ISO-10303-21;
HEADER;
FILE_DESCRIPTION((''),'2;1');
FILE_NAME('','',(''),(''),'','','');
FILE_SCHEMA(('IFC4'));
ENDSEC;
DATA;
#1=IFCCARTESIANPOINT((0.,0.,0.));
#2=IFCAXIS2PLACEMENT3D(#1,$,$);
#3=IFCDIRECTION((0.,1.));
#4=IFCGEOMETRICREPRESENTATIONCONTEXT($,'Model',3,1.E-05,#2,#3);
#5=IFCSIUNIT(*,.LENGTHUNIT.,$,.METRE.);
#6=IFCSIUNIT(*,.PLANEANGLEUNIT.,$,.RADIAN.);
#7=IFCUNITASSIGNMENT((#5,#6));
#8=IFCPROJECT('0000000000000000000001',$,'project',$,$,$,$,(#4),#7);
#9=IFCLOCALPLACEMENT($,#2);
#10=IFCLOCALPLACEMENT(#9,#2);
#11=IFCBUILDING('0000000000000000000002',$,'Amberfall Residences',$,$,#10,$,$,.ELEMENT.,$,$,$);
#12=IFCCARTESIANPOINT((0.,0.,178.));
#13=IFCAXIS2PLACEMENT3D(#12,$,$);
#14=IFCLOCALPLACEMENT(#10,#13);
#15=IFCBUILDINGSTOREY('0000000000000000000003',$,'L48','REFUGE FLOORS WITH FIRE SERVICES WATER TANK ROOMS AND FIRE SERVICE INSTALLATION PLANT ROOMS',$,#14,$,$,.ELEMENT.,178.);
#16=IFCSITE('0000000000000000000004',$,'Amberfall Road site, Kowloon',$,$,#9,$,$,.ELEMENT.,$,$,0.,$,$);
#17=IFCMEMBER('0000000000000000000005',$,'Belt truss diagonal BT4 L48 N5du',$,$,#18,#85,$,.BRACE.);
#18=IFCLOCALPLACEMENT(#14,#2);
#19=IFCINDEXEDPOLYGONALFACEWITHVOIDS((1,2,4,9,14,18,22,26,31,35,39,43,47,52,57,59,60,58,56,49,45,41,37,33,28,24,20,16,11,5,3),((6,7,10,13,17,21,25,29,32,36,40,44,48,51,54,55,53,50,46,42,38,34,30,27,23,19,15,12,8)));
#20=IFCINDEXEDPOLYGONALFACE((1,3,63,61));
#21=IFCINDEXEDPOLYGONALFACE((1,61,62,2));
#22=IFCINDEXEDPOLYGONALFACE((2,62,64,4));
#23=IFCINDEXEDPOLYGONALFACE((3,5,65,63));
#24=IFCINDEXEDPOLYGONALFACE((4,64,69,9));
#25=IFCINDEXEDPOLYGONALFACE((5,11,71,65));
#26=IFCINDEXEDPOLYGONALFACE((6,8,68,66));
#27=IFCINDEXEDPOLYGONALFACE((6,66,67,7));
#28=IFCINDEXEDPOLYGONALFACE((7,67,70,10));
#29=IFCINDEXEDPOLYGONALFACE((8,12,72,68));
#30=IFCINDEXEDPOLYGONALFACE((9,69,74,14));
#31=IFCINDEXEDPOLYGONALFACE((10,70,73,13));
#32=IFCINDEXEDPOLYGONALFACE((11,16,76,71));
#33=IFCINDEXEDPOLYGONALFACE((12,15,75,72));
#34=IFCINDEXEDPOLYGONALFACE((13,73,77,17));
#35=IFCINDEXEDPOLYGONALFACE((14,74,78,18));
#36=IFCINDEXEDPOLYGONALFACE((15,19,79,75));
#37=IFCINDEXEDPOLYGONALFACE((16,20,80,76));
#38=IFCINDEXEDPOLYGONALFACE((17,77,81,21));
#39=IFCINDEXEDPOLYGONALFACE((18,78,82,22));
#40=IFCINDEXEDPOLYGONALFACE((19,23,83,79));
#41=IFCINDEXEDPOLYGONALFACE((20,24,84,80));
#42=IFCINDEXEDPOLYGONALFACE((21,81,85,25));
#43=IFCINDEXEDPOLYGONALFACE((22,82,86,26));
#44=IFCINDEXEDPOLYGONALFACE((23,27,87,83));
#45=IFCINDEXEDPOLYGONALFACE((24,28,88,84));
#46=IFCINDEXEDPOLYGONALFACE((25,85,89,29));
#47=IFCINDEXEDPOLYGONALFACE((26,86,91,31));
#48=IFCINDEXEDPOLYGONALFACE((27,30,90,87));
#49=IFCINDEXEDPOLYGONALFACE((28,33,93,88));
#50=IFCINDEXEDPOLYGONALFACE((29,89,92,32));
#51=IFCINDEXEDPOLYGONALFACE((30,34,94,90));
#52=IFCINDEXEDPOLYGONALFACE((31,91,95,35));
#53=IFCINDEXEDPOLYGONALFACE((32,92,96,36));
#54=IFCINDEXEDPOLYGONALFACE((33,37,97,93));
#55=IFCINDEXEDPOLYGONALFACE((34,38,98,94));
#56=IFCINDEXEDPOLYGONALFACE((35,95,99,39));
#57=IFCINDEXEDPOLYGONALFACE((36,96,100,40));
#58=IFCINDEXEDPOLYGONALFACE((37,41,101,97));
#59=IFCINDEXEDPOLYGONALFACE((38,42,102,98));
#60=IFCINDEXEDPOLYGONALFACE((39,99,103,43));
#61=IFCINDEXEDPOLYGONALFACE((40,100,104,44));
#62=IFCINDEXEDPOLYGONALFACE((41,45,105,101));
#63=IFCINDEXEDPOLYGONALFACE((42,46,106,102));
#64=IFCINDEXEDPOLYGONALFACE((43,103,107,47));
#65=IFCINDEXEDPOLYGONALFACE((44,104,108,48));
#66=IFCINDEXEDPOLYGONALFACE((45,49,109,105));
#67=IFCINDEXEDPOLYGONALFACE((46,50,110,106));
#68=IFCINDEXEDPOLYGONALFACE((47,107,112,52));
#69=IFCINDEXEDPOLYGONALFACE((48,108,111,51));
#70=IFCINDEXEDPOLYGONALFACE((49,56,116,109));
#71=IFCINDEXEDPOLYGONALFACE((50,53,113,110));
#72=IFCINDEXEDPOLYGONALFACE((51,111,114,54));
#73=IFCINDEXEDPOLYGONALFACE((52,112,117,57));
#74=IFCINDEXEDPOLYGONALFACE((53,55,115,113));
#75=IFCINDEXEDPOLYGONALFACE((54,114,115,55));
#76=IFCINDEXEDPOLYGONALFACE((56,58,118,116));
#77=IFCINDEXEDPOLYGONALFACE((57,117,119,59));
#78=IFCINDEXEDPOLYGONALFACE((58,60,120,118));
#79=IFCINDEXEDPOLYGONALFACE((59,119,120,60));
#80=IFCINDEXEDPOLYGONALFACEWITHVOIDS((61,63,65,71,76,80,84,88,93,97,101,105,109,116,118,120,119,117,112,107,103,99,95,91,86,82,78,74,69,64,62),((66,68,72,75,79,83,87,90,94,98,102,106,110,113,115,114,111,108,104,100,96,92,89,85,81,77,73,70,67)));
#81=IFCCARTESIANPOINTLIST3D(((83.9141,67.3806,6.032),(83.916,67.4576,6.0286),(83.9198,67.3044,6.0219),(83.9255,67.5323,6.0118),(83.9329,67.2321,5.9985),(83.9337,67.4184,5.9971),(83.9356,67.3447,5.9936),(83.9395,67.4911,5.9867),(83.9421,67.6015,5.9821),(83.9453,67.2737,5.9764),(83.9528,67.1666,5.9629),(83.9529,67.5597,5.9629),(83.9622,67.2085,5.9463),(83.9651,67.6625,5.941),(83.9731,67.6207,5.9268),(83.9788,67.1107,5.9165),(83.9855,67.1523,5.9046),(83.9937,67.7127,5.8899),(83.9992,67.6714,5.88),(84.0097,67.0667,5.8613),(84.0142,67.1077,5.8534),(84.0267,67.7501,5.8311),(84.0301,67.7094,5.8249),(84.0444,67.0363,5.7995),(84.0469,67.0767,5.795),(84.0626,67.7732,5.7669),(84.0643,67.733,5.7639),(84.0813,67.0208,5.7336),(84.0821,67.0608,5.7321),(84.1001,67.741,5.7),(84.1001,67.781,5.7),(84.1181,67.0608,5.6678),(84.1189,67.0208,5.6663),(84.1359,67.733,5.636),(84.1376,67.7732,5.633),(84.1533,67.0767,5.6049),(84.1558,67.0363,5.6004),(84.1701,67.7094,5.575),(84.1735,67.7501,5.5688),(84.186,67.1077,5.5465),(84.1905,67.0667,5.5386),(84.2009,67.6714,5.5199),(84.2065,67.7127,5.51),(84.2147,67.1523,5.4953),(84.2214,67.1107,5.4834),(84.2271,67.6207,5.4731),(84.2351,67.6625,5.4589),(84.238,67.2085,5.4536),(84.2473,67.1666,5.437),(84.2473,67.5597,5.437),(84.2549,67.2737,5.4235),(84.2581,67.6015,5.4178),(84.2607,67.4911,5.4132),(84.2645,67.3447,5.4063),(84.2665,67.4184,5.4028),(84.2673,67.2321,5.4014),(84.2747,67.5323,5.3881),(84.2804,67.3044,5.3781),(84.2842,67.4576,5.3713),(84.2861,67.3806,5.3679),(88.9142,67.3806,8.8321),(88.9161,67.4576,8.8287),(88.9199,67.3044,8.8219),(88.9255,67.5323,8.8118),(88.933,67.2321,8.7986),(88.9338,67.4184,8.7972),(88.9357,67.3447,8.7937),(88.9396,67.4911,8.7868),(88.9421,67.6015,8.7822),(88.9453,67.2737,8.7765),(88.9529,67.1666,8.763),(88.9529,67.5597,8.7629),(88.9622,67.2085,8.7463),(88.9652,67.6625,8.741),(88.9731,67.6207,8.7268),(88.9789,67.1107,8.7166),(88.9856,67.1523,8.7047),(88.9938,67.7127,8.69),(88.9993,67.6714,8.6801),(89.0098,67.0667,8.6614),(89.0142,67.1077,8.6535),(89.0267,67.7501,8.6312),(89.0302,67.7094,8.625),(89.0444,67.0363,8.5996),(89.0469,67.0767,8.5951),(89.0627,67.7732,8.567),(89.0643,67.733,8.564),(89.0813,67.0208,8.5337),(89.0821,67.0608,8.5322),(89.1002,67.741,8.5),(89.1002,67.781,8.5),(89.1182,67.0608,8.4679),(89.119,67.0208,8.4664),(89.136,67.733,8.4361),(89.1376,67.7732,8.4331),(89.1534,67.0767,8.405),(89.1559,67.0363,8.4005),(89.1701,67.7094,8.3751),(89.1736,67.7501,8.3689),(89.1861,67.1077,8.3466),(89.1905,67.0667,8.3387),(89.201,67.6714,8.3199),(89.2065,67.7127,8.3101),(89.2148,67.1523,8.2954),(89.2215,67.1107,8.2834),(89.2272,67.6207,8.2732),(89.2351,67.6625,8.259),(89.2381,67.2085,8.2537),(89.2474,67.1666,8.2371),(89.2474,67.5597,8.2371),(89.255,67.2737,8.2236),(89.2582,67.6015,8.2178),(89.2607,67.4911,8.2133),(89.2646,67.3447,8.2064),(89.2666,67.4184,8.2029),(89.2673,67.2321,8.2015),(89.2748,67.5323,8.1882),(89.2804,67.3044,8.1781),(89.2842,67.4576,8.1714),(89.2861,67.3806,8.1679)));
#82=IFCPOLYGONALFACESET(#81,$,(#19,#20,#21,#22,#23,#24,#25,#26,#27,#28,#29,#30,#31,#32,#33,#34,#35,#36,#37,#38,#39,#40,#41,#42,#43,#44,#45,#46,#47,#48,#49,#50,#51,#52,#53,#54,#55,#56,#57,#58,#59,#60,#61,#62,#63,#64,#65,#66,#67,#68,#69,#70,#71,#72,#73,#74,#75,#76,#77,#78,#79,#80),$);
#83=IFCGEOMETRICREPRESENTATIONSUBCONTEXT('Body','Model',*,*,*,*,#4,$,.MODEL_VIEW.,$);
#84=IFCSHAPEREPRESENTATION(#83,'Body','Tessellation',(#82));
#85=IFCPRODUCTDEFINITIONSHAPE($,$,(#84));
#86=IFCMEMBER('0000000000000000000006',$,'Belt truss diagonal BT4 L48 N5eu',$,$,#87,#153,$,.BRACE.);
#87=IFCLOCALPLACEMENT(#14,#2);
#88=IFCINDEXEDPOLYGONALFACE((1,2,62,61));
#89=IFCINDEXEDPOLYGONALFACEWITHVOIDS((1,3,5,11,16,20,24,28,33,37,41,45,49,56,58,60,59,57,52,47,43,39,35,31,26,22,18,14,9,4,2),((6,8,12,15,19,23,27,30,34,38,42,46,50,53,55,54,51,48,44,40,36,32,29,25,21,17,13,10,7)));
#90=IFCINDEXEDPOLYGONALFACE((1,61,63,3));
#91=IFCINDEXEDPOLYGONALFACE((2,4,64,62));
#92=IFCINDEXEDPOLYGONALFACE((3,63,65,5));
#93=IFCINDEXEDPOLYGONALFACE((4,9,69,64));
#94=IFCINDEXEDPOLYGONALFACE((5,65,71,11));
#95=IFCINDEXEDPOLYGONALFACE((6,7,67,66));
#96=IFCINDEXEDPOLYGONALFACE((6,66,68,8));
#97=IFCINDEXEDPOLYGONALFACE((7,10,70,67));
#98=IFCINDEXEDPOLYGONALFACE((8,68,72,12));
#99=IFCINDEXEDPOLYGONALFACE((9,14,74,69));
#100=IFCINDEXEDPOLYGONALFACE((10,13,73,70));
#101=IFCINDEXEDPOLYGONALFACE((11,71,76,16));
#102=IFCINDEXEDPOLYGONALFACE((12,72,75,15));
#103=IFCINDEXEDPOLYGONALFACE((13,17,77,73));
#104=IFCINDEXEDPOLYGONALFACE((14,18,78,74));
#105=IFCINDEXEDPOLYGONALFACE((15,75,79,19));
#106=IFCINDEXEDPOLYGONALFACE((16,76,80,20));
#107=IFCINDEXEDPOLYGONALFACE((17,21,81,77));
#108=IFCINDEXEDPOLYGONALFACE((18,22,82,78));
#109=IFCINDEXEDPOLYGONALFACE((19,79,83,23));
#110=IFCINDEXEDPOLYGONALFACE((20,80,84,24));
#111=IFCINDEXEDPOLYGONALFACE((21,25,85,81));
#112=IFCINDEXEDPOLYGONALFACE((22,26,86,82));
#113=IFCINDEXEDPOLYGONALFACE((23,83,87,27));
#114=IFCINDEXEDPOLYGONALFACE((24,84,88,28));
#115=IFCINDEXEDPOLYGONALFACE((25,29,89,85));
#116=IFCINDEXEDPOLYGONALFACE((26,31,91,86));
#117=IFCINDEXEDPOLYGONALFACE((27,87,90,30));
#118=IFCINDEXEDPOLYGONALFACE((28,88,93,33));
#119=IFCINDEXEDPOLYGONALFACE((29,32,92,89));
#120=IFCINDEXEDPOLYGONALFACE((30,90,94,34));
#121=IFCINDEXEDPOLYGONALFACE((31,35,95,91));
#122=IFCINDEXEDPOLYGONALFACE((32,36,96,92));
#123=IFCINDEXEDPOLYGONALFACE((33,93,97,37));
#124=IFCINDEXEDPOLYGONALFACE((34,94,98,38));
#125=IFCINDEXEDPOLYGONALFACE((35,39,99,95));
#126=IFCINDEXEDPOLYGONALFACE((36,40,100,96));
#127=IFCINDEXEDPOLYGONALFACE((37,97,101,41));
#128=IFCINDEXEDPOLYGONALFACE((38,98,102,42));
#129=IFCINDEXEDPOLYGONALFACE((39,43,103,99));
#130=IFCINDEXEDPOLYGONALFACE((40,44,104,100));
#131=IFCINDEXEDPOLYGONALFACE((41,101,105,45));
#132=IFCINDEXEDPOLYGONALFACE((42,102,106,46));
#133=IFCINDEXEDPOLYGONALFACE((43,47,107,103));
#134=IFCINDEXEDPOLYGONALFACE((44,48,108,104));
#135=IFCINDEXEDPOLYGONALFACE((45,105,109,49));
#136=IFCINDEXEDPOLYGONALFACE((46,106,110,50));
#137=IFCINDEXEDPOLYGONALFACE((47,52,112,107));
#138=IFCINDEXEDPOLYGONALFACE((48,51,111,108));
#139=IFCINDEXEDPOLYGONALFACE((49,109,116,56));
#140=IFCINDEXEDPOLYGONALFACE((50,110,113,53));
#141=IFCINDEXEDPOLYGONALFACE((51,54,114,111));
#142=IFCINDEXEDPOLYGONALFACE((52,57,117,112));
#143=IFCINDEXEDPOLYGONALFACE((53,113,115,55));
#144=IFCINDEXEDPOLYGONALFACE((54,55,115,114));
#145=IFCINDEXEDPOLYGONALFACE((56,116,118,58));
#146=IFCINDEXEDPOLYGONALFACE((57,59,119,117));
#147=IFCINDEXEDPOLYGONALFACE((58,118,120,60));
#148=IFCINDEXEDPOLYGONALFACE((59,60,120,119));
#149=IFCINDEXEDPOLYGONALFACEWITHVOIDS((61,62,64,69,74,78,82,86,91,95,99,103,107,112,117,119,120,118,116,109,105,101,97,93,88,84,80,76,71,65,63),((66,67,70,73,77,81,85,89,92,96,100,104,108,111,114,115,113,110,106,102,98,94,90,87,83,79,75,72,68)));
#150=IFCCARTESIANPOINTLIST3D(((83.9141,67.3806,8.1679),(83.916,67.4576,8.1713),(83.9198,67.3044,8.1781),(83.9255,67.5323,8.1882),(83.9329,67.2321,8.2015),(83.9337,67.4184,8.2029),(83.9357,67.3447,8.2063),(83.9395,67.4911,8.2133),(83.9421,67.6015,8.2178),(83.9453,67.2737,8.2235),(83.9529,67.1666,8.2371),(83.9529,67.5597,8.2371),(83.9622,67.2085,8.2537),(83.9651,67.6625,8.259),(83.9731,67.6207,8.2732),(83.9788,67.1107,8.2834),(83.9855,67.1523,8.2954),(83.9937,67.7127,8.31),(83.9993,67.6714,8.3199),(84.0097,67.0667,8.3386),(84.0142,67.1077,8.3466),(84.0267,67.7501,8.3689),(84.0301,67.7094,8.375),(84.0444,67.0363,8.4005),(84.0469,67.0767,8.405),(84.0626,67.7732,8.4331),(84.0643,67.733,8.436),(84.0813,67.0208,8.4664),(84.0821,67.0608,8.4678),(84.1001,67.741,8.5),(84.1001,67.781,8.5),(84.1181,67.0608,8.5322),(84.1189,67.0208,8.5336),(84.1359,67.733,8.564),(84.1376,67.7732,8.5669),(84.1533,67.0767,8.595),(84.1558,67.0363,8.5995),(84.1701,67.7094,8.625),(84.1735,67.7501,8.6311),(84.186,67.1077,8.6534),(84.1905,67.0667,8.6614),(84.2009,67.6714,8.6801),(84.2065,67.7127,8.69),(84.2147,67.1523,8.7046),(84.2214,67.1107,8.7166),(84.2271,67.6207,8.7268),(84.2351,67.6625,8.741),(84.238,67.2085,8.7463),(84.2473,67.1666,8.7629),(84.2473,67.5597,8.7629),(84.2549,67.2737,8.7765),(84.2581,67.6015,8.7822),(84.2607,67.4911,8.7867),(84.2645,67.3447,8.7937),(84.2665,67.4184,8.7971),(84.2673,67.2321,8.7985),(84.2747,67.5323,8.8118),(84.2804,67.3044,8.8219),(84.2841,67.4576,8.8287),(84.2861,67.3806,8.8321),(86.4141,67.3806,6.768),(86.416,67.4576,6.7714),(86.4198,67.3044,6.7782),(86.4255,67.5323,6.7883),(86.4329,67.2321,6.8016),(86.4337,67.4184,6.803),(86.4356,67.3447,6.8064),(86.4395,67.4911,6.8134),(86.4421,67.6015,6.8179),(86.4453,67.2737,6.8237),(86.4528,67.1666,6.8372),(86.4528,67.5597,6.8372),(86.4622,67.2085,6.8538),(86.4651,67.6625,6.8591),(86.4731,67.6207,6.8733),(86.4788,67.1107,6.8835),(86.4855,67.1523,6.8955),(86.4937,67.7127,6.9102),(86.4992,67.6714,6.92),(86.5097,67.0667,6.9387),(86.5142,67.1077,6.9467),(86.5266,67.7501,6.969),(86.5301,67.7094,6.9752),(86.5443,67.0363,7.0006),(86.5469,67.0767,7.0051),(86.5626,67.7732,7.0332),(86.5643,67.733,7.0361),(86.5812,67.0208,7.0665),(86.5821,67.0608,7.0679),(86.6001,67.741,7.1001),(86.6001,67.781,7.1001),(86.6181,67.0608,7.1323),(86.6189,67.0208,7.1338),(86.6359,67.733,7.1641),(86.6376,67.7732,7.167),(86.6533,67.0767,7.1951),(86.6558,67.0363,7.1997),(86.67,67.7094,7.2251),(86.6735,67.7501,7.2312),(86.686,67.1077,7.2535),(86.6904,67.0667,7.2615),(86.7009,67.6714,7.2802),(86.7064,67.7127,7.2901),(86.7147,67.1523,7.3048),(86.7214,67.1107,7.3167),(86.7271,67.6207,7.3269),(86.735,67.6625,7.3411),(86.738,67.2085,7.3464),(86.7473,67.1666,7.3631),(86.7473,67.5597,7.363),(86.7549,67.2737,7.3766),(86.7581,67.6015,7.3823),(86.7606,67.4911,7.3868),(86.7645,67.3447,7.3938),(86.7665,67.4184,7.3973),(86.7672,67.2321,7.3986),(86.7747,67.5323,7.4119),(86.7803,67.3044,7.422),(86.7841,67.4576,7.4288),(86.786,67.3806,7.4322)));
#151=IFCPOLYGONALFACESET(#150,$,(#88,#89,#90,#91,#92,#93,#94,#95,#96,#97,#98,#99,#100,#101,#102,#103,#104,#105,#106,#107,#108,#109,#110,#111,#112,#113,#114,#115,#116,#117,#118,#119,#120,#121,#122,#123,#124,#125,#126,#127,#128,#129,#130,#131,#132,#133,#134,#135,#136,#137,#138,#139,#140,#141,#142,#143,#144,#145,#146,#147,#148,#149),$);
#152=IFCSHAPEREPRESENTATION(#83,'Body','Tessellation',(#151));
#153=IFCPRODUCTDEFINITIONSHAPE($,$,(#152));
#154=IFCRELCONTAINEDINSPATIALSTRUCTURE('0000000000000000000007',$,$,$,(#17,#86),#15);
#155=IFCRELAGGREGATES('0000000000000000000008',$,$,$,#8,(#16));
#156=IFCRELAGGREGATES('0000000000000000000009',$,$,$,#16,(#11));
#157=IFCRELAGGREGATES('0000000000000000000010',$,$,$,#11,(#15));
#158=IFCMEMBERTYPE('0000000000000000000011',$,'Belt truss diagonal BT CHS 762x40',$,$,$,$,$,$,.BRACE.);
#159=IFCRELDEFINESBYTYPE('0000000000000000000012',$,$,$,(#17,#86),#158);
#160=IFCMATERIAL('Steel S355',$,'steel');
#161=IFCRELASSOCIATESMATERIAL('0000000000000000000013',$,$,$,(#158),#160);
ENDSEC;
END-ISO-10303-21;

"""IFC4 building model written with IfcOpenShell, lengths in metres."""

from ifc_helpers import new_model, si_unit, direction, frame, origin, origin_2d, place, context, subcontext, project, spatial, hollow_circle, extrude, material, material_profile, profile_set, type_object, element, save


model = new_model("IFC4")

# Units and contexts
model_context = context("Model", 3, precision=1e-05, world=origin(), true_north=direction((0.0, 1.0)))
body_context = subcontext(model_context, "Body", "Model", "MODEL_VIEW")
ifc_project = project(units=[si_unit("LENGTHUNIT", "METRE"), si_unit("PLANEANGLEUNIT", "RADIAN")], contexts=[model_context])

# Site, building, storey
site_placement = place(None, origin())
site = spatial("IfcSite", under=ifc_project, at=site_placement, Name="Amberfall Road site, Kowloon", CompositionType="ELEMENT", RefElevation=0.0)
building_placement = place(site_placement, origin())
building = spatial("IfcBuilding", under=site, at=building_placement, Name="Amberfall Residences", CompositionType="ELEMENT")
storey_placement = place(building_placement, frame((0.0, 0.0, 178.0)))
storey = spatial("IfcBuildingStorey", under=building, at=storey_placement, Name="L48", Description="REFUGE FLOORS WITH FIRE SERVICES WATER TANK ROOMS AND FIRE SERVICE INSTALLATION PLANT ROOMS", CompositionType="ELEMENT", Elevation=178.0)

# Shared definitions
ifc_material_1 = material(Name="Steel S355", Category="steel")

# Members
ifc_material_profile_1 = material_profile(ifc_material_1, hollow_circle(Radius=0.3811, WallThickness=0.04, at=origin_2d()), Name="CHS 762x40")
ifc_profile_set_1 = profile_set([ifc_material_profile_1], Name="Steel S355")
member_type = type_object("IfcMemberType", Name="Belt truss diagonal BT CHS 762x40", PredefinedType="BRACE", material=ifc_profile_set_1)
member_1_placement = place(storey_placement, frame((84.1001, 67.3999, 5.7), z_axis=(0.872502, 0.0, 0.48861), x_axis=(0.0, 1.0, 0.0)))
element("IfcMember", 1, at=member_1_placement, inside=storey, type_object=member_type, Name="Belt truss diagonal BT4 L48 N5du", PredefinedType="BRACE", context=body_context, shape_type="SweptSolid", body=[
    extrude(hollow_circle(Radius=0.3811, WallThickness=0.04, at=origin_2d()), origin(), (0.0, 0.0, 1.0), 5.7307),
])
member_2_placement = place(storey_placement, frame((84.1001, 67.3999, 8.5), z_axis=(0.872521, 0.0, -0.488577), x_axis=(0.0, 1.0, 0.0)))
element("IfcMember", 2, at=member_2_placement, inside=storey, type_object=member_type, Name="Belt truss diagonal BT4 L48 N5eu", PredefinedType="BRACE", context=body_context, shape_type="SweptSolid", body=[
    extrude(hollow_circle(Radius=0.3811, WallThickness=0.04, at=origin_2d()), origin(), (0.0, 0.0, 1.0), 2.8652),
])

save(model, "model.ifc")
